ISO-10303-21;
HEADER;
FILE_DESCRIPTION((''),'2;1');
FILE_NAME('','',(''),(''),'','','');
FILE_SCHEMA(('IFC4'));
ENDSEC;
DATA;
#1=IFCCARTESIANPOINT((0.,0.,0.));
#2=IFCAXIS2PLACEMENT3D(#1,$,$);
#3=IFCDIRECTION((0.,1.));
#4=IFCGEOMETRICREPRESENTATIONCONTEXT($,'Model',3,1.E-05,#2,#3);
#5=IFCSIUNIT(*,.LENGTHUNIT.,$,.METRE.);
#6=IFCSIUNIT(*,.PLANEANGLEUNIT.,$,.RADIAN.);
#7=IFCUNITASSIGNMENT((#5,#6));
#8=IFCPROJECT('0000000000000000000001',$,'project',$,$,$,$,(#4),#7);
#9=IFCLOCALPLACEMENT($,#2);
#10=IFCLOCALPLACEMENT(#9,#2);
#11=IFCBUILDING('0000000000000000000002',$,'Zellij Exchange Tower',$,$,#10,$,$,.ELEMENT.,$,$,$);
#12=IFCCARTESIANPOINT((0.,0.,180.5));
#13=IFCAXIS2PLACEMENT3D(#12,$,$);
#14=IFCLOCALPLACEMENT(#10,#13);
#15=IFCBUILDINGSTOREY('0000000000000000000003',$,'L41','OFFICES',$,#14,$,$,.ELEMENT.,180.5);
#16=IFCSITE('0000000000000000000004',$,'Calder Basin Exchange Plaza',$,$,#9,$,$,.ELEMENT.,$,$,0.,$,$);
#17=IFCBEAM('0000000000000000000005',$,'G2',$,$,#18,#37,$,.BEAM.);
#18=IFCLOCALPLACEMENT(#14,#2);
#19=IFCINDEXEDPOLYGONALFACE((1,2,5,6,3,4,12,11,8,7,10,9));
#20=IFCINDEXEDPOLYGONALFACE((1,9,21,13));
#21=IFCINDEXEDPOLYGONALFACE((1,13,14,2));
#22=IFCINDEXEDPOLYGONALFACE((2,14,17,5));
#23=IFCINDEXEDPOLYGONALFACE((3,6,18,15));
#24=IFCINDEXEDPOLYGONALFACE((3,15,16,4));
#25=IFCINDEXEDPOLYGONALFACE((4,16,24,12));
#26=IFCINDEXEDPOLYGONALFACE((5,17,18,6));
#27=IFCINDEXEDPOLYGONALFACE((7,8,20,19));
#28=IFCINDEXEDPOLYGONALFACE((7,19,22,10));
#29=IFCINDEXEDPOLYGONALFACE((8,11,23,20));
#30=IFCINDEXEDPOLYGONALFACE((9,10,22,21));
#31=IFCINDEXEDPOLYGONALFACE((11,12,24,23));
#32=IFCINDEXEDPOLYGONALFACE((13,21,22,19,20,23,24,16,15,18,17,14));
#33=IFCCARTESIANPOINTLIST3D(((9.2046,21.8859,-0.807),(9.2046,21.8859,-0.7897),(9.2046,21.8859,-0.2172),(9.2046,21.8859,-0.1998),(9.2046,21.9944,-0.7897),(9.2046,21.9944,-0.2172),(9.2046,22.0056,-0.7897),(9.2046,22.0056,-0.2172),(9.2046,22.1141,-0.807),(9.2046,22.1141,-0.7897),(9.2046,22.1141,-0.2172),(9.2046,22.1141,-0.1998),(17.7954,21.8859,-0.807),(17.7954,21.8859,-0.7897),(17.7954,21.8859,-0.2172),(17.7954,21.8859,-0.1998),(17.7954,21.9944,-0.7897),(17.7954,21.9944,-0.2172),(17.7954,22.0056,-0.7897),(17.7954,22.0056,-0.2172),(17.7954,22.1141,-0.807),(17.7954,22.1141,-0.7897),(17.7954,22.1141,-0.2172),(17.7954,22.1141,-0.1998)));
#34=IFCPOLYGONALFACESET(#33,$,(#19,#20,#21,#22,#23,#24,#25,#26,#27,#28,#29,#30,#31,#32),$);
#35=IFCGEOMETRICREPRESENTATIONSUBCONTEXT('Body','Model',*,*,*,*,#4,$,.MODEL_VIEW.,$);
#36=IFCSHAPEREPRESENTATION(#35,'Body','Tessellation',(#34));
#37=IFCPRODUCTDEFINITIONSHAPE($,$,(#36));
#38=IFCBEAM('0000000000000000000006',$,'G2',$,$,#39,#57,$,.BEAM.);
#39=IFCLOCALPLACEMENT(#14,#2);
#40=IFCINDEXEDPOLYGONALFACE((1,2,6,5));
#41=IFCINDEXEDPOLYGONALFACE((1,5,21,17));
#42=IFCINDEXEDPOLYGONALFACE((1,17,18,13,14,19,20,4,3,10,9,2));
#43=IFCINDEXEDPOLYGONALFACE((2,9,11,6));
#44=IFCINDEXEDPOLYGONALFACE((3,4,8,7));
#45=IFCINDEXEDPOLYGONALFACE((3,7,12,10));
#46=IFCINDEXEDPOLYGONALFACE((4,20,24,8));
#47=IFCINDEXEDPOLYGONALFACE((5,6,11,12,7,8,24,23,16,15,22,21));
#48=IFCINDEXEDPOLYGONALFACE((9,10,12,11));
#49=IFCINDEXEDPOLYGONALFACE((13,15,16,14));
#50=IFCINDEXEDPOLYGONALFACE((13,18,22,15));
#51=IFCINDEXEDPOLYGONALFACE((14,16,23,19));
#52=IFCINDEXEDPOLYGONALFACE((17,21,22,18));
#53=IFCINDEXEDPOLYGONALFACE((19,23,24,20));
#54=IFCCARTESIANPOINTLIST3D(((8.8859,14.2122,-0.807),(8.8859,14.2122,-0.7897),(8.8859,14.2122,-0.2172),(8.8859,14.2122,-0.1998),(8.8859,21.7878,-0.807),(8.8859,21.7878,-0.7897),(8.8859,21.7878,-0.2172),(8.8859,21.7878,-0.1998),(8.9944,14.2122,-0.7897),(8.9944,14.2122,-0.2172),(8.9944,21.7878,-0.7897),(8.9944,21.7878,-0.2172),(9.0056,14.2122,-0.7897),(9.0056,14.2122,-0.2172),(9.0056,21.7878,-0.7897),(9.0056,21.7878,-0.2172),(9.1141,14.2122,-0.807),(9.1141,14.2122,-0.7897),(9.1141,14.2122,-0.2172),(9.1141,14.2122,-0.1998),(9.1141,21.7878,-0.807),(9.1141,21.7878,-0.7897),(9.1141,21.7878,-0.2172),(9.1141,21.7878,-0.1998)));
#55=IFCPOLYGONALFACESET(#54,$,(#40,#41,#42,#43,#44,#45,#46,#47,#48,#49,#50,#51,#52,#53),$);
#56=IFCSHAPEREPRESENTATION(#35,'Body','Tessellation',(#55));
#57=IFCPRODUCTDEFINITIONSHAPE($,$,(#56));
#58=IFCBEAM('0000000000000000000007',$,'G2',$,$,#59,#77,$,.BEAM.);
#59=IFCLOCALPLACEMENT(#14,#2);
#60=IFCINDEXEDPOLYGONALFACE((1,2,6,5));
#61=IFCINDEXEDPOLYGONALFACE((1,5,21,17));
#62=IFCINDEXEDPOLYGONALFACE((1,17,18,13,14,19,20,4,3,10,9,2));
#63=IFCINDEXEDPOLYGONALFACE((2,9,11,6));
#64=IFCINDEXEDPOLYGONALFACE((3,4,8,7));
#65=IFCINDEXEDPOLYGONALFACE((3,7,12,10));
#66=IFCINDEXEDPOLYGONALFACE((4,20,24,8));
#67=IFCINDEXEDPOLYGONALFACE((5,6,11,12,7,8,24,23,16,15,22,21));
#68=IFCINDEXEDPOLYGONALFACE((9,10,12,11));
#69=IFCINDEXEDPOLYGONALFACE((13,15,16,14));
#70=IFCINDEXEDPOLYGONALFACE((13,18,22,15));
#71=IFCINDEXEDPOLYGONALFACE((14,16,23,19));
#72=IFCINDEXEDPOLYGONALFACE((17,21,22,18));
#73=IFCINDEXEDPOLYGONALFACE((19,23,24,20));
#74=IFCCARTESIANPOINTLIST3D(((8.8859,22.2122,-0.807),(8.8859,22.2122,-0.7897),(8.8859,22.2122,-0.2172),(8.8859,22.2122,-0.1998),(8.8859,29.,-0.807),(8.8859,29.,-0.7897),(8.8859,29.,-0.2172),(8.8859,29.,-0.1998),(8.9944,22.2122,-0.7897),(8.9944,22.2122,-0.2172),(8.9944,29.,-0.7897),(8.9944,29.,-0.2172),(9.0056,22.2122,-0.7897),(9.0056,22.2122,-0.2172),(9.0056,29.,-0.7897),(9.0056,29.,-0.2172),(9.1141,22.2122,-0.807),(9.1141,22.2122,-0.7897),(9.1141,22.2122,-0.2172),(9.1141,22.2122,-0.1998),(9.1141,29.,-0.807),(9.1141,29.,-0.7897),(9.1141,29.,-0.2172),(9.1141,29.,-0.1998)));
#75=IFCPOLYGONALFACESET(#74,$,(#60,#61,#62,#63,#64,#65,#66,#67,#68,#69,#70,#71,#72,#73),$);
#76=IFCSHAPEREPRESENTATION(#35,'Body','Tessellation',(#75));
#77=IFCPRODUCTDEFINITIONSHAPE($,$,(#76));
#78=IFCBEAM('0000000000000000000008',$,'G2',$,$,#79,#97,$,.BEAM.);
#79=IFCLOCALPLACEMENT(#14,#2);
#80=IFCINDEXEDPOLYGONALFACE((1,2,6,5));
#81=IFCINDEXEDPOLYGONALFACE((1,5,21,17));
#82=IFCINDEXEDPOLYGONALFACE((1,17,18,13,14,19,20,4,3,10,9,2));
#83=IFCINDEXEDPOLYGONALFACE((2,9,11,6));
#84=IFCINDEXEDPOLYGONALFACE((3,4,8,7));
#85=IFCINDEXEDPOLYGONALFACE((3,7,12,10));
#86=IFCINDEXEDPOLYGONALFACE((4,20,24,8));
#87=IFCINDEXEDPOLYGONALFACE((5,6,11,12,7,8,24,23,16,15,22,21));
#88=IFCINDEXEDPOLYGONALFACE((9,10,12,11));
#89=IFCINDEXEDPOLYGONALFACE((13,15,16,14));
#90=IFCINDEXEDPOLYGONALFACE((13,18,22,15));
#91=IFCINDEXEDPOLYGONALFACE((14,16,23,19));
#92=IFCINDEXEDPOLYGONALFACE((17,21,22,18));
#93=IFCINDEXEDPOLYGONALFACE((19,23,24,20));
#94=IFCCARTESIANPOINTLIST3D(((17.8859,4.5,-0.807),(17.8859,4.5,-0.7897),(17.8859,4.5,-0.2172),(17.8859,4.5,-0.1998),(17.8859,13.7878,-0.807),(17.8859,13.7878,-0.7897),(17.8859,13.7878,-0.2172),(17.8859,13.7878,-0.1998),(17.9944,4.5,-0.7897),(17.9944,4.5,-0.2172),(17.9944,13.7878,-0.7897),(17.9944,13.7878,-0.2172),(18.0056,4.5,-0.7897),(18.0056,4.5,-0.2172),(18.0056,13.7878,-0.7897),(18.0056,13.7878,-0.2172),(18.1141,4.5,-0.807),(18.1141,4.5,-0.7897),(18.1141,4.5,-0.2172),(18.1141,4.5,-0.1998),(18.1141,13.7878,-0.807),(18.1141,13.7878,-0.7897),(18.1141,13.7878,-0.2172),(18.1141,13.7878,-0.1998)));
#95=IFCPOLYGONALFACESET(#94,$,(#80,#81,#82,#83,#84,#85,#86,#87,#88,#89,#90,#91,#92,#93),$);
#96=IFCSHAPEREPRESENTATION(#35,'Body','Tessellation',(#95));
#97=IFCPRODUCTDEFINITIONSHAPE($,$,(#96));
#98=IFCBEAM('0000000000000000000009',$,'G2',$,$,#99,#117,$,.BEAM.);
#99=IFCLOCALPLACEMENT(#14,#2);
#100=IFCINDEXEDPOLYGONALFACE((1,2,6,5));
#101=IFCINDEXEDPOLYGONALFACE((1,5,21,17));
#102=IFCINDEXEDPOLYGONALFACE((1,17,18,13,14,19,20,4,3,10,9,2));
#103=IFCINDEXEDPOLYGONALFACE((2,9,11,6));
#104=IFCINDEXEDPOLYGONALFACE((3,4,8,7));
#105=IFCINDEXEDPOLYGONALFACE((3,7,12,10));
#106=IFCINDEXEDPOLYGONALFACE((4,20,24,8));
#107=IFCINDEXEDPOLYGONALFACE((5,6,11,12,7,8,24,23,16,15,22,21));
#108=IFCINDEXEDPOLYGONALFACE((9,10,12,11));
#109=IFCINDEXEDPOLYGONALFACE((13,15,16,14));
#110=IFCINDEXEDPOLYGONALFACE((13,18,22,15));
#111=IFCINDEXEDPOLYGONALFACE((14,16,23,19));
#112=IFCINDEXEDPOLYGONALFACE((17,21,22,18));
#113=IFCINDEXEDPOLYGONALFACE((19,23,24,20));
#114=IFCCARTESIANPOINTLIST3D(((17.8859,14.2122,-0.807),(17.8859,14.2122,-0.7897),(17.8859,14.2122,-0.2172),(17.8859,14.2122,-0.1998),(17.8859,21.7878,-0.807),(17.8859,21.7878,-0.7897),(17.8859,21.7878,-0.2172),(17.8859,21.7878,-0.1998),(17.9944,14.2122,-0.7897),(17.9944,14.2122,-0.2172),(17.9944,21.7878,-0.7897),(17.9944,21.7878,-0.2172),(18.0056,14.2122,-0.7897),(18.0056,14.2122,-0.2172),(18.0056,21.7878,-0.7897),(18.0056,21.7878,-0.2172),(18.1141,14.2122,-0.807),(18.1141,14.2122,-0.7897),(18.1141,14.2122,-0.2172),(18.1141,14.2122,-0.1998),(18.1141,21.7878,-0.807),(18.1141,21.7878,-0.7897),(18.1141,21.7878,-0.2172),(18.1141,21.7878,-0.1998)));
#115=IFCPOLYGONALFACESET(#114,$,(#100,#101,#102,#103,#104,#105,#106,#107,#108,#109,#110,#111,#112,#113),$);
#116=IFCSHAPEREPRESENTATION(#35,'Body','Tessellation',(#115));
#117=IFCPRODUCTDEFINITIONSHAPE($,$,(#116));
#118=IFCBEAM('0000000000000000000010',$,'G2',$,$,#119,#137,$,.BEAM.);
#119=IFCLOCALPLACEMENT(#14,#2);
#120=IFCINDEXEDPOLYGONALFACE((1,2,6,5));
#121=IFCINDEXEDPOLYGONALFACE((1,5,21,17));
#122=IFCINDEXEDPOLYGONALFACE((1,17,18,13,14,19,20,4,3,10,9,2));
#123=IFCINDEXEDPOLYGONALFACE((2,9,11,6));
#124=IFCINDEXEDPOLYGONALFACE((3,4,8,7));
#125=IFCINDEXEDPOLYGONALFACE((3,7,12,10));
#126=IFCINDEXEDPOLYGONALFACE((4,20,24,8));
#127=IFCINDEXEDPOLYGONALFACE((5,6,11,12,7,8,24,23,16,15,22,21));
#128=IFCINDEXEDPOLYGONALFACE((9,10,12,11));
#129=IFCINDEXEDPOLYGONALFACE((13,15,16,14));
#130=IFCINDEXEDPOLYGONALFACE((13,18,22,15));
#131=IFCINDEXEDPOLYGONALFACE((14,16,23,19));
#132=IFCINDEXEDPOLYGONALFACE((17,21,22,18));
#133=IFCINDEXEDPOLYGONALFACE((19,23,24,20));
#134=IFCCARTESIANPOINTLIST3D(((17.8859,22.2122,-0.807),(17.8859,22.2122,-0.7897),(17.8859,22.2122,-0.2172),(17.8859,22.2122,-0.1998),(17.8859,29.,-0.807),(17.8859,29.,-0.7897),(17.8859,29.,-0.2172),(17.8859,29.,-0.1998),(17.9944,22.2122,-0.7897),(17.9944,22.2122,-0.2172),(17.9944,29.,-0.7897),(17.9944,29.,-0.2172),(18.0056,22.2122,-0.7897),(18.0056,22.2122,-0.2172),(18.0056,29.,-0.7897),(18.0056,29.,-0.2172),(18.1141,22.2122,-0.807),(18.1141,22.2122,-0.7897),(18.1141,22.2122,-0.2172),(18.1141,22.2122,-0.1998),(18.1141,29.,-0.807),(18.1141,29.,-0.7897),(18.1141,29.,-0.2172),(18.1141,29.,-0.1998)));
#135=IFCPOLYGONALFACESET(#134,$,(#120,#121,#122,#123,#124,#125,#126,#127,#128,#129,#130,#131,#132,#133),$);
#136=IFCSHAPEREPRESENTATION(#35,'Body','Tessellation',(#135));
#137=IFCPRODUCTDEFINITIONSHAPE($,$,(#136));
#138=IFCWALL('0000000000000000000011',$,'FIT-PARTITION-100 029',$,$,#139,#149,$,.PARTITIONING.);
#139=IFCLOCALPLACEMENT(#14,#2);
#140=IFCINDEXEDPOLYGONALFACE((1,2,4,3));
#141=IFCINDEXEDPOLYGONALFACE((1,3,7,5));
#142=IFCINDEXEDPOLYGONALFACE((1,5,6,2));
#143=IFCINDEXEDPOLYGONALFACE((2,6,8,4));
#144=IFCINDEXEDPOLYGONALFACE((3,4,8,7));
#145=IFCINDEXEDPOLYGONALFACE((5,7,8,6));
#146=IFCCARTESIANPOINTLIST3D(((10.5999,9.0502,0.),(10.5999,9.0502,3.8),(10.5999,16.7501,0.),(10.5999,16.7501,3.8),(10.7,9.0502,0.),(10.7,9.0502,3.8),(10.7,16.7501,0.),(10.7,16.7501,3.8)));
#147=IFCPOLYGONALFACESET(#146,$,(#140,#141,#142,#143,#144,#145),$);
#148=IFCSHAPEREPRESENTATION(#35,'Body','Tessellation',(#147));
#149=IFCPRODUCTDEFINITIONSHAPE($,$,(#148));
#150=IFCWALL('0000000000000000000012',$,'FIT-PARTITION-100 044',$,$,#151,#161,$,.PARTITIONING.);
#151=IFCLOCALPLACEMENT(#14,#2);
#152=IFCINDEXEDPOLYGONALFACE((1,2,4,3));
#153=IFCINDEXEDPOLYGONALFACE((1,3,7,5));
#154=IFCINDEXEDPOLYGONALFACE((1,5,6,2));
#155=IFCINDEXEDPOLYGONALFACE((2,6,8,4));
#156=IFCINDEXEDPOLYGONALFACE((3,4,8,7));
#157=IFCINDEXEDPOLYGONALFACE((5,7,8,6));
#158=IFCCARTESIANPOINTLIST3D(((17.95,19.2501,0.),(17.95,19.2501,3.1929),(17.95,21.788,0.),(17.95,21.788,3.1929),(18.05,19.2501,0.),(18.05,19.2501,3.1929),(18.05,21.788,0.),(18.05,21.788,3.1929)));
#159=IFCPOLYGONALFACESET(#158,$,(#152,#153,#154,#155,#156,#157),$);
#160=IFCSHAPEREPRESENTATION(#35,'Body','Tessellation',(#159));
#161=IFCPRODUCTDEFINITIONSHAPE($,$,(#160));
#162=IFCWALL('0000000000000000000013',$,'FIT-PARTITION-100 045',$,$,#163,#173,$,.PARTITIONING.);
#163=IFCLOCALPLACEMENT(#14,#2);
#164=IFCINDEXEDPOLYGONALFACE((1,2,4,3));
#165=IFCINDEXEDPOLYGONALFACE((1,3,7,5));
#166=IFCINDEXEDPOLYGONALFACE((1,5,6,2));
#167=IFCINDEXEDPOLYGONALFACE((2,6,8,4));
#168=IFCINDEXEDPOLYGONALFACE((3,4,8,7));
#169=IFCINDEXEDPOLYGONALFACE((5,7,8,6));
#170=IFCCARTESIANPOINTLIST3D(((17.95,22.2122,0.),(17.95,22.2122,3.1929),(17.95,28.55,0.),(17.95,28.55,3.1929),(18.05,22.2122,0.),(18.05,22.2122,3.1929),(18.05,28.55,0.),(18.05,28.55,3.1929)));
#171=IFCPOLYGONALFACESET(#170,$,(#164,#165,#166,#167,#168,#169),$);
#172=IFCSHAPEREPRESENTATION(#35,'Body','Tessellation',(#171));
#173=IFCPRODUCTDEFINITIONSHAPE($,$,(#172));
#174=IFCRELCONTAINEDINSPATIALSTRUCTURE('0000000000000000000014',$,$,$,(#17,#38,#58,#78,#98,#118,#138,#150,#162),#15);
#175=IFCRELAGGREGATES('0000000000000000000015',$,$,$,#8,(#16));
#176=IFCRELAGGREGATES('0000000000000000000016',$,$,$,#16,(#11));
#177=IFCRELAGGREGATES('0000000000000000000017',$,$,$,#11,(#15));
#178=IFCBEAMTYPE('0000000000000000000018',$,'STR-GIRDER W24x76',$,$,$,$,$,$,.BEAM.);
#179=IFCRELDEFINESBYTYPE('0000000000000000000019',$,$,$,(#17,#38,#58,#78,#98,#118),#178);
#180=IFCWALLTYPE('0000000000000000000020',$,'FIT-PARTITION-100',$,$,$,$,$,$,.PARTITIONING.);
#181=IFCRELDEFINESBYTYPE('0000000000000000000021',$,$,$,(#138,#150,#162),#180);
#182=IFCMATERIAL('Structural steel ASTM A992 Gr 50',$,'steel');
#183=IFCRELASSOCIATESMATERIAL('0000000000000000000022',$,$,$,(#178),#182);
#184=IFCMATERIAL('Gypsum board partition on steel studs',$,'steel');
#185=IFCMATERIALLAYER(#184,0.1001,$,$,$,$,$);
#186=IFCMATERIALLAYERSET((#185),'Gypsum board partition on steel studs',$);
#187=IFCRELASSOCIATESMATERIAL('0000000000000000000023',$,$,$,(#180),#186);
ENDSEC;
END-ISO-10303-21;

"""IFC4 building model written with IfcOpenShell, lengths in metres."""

from ifc_helpers import new_model, si_unit, direction, frame, frame_2d, origin, origin_2d, place, context, subcontext, project, spatial, rectangle, i_section, extrude, material, layer, layer_set, material_profile, profile_set, type_object, element, save


model = new_model("IFC4")

# Units and contexts
model_context = context("Model", 3, precision=1e-05, world=origin(), true_north=direction((0.0, 1.0)))
body_context = subcontext(model_context, "Body", "Model", "MODEL_VIEW")
ifc_project = project(units=[si_unit("LENGTHUNIT", "METRE"), si_unit("PLANEANGLEUNIT", "RADIAN")], contexts=[model_context])

# Site, building, storey
site_placement = place(None, origin())
site = spatial("IfcSite", under=ifc_project, at=site_placement, Name="Calder Basin Exchange Plaza", CompositionType="ELEMENT", RefElevation=0.0)
building_placement = place(site_placement, origin())
building = spatial("IfcBuilding", under=site, at=building_placement, Name="Zellij Exchange Tower", CompositionType="ELEMENT")
storey_placement = place(building_placement, frame((0.0, 0.0, 180.5)))
storey = spatial("IfcBuildingStorey", under=building, at=storey_placement, Name="L41", Description="OFFICES", CompositionType="ELEMENT", Elevation=180.5)

# Beams
ifc_material_1 = material(Name="Structural steel ASTM A992 Gr 50", Category="steel")
ifc_material_profile_1 = material_profile(ifc_material_1, i_section(OverallWidth=0.2283, OverallDepth=0.6072, WebThickness=0.0112, FlangeThickness=0.0173, at=origin_2d()), Name="W24x76")
ifc_profile_set_1 = profile_set([ifc_material_profile_1], Name="Structural steel ASTM A992 Gr 50")
beam_type = type_object("IfcBeamType", Name="STR-GIRDER W24x76", PredefinedType="BEAM", material=ifc_profile_set_1)
for number, where, z_axis, x_axis, name in (
    (1, (9.2046, 22.0, -0.5034), (1.0, 0.0, 0.0), (0.0, 1.0, 0.0), "G2"),
):
    element("IfcBeam", number, at=place(storey_placement, frame(where, z_axis=z_axis, x_axis=x_axis)), inside=storey, type_object=beam_type, Name=name, PredefinedType="BEAM", context=body_context, shape_type="SweptSolid", body=[
        extrude(i_section(OverallWidth=0.2283, OverallDepth=0.6072, WebThickness=0.0112, FlangeThickness=0.0173, at=origin_2d()), origin(), (0.0, 0.0, 1.0), 8.5908),
    ])
beam_1_placement = place(storey_placement, frame((9.0, 14.2122, -0.5034), z_axis=(0.0, 1.0, 0.0), x_axis=(-1.0, 0.0, 0.0)))
element("IfcBeam", 2, at=beam_1_placement, inside=storey, type_object=beam_type, Name="G2", PredefinedType="BEAM", context=body_context, shape_type="SweptSolid", body=[
    extrude(i_section(OverallWidth=0.2283, OverallDepth=0.6072, WebThickness=0.0112, FlangeThickness=0.0173, at=origin_2d()), origin(), (0.0, 0.0, 1.0), 7.5757),
])
beam_2_placement = place(storey_placement, frame((9.0, 22.2122, -0.5034), z_axis=(0.0, 1.0, 0.0), x_axis=(-1.0, 0.0, 0.0)))
element("IfcBeam", 3, at=beam_2_placement, inside=storey, type_object=beam_type, Name="G2", PredefinedType="BEAM", context=body_context, shape_type="SweptSolid", body=[
    extrude(i_section(OverallWidth=0.2283, OverallDepth=0.6072, WebThickness=0.0112, FlangeThickness=0.0173, at=origin_2d()), origin(), (0.0, 0.0, 1.0), 6.7878),
])
beam_3_placement = place(storey_placement, frame((18.0, 4.5, -0.5034), z_axis=(0.0, 1.0, 0.0), x_axis=(-1.0, 0.0, 0.0)))
element("IfcBeam", 4, at=beam_3_placement, inside=storey, type_object=beam_type, Name="G2", PredefinedType="BEAM", context=body_context, shape_type="SweptSolid", body=[
    extrude(i_section(OverallWidth=0.2283, OverallDepth=0.6072, WebThickness=0.0112, FlangeThickness=0.0173, at=origin_2d()), origin(), (0.0, 0.0, 1.0), 9.2878),
])
beam_4_placement = place(storey_placement, frame((18.0, 14.2122, -0.5034), z_axis=(0.0, 1.0, 0.0), x_axis=(-1.0, 0.0, 0.0)))
element("IfcBeam", 5, at=beam_4_placement, inside=storey, type_object=beam_type, Name="G2", PredefinedType="BEAM", context=body_context, shape_type="SweptSolid", body=[
    extrude(i_section(OverallWidth=0.2283, OverallDepth=0.6072, WebThickness=0.0112, FlangeThickness=0.0173, at=origin_2d()), origin(), (0.0, 0.0, 1.0), 7.5757),
])
beam_5_placement = place(storey_placement, frame((18.0, 22.2122, -0.5034), z_axis=(0.0, 1.0, 0.0), x_axis=(-1.0, 0.0, 0.0)))
element("IfcBeam", 6, at=beam_5_placement, inside=storey, type_object=beam_type, Name="G2", PredefinedType="BEAM", context=body_context, shape_type="SweptSolid", body=[
    extrude(i_section(OverallWidth=0.2283, OverallDepth=0.6072, WebThickness=0.0112, FlangeThickness=0.0173, at=origin_2d()), origin(), (0.0, 0.0, 1.0), 6.7878),
])

# Walls
ifc_material_2 = material(Name="Gypsum board partition on steel studs", Category="steel")
ifc_layer_1 = layer(ifc_material_2, 0.1001)
ifc_layer_set_1 = layer_set([ifc_layer_1], Name="Gypsum board partition on steel studs")
wall_type = type_object("IfcWallType", Name="FIT-PARTITION-100", PredefinedType="PARTITIONING", material=ifc_layer_set_1)
wall_1_placement = place(storey_placement, frame((10.6499, 9.05, 0.0), z_axis=(0.0, 0.0, 1.0), x_axis=(0.0, 1.0, 0.0)))
element("IfcWall", 7, at=wall_1_placement, inside=storey, type_object=wall_type, Name="FIT-PARTITION-100 029", PredefinedType="PARTITIONING", context=body_context, shape_type="SweptSolid", body=[
    extrude(rectangle(XDim=7.7, YDim=0.1001, at=frame_2d((3.8501, 0.0))), origin(), (0.0, 0.0, 1.0), 3.8),
])
wall_2_placement = place(storey_placement, frame((18.0, 19.25, 0.0), z_axis=(0.0, 0.0, 1.0), x_axis=(0.0, 1.0, 0.0)))
element("IfcWall", 8, at=wall_2_placement, inside=storey, type_object=wall_type, Name="FIT-PARTITION-100 044", PredefinedType="PARTITIONING", context=body_context, shape_type="SweptSolid", body=[
    extrude(rectangle(XDim=2.5378, YDim=0.1001, at=frame_2d((1.269, 0.0))), origin(), (0.0, 0.0, 1.0), 3.1929),
])
wall_3_placement = place(storey_placement, frame((18.0, 22.2122, 0.0), z_axis=(0.0, 0.0, 1.0), x_axis=(0.0, 1.0, 0.0)))
element("IfcWall", 9, at=wall_3_placement, inside=storey, type_object=wall_type, Name="FIT-PARTITION-100 045", PredefinedType="PARTITIONING", context=body_context, shape_type="SweptSolid", body=[
    extrude(rectangle(XDim=6.3379, YDim=0.1001, at=frame_2d((3.1689, 0.0))), origin(), (0.0, 0.0, 1.0), 3.1929),
])

save(model, "model.ifc")
